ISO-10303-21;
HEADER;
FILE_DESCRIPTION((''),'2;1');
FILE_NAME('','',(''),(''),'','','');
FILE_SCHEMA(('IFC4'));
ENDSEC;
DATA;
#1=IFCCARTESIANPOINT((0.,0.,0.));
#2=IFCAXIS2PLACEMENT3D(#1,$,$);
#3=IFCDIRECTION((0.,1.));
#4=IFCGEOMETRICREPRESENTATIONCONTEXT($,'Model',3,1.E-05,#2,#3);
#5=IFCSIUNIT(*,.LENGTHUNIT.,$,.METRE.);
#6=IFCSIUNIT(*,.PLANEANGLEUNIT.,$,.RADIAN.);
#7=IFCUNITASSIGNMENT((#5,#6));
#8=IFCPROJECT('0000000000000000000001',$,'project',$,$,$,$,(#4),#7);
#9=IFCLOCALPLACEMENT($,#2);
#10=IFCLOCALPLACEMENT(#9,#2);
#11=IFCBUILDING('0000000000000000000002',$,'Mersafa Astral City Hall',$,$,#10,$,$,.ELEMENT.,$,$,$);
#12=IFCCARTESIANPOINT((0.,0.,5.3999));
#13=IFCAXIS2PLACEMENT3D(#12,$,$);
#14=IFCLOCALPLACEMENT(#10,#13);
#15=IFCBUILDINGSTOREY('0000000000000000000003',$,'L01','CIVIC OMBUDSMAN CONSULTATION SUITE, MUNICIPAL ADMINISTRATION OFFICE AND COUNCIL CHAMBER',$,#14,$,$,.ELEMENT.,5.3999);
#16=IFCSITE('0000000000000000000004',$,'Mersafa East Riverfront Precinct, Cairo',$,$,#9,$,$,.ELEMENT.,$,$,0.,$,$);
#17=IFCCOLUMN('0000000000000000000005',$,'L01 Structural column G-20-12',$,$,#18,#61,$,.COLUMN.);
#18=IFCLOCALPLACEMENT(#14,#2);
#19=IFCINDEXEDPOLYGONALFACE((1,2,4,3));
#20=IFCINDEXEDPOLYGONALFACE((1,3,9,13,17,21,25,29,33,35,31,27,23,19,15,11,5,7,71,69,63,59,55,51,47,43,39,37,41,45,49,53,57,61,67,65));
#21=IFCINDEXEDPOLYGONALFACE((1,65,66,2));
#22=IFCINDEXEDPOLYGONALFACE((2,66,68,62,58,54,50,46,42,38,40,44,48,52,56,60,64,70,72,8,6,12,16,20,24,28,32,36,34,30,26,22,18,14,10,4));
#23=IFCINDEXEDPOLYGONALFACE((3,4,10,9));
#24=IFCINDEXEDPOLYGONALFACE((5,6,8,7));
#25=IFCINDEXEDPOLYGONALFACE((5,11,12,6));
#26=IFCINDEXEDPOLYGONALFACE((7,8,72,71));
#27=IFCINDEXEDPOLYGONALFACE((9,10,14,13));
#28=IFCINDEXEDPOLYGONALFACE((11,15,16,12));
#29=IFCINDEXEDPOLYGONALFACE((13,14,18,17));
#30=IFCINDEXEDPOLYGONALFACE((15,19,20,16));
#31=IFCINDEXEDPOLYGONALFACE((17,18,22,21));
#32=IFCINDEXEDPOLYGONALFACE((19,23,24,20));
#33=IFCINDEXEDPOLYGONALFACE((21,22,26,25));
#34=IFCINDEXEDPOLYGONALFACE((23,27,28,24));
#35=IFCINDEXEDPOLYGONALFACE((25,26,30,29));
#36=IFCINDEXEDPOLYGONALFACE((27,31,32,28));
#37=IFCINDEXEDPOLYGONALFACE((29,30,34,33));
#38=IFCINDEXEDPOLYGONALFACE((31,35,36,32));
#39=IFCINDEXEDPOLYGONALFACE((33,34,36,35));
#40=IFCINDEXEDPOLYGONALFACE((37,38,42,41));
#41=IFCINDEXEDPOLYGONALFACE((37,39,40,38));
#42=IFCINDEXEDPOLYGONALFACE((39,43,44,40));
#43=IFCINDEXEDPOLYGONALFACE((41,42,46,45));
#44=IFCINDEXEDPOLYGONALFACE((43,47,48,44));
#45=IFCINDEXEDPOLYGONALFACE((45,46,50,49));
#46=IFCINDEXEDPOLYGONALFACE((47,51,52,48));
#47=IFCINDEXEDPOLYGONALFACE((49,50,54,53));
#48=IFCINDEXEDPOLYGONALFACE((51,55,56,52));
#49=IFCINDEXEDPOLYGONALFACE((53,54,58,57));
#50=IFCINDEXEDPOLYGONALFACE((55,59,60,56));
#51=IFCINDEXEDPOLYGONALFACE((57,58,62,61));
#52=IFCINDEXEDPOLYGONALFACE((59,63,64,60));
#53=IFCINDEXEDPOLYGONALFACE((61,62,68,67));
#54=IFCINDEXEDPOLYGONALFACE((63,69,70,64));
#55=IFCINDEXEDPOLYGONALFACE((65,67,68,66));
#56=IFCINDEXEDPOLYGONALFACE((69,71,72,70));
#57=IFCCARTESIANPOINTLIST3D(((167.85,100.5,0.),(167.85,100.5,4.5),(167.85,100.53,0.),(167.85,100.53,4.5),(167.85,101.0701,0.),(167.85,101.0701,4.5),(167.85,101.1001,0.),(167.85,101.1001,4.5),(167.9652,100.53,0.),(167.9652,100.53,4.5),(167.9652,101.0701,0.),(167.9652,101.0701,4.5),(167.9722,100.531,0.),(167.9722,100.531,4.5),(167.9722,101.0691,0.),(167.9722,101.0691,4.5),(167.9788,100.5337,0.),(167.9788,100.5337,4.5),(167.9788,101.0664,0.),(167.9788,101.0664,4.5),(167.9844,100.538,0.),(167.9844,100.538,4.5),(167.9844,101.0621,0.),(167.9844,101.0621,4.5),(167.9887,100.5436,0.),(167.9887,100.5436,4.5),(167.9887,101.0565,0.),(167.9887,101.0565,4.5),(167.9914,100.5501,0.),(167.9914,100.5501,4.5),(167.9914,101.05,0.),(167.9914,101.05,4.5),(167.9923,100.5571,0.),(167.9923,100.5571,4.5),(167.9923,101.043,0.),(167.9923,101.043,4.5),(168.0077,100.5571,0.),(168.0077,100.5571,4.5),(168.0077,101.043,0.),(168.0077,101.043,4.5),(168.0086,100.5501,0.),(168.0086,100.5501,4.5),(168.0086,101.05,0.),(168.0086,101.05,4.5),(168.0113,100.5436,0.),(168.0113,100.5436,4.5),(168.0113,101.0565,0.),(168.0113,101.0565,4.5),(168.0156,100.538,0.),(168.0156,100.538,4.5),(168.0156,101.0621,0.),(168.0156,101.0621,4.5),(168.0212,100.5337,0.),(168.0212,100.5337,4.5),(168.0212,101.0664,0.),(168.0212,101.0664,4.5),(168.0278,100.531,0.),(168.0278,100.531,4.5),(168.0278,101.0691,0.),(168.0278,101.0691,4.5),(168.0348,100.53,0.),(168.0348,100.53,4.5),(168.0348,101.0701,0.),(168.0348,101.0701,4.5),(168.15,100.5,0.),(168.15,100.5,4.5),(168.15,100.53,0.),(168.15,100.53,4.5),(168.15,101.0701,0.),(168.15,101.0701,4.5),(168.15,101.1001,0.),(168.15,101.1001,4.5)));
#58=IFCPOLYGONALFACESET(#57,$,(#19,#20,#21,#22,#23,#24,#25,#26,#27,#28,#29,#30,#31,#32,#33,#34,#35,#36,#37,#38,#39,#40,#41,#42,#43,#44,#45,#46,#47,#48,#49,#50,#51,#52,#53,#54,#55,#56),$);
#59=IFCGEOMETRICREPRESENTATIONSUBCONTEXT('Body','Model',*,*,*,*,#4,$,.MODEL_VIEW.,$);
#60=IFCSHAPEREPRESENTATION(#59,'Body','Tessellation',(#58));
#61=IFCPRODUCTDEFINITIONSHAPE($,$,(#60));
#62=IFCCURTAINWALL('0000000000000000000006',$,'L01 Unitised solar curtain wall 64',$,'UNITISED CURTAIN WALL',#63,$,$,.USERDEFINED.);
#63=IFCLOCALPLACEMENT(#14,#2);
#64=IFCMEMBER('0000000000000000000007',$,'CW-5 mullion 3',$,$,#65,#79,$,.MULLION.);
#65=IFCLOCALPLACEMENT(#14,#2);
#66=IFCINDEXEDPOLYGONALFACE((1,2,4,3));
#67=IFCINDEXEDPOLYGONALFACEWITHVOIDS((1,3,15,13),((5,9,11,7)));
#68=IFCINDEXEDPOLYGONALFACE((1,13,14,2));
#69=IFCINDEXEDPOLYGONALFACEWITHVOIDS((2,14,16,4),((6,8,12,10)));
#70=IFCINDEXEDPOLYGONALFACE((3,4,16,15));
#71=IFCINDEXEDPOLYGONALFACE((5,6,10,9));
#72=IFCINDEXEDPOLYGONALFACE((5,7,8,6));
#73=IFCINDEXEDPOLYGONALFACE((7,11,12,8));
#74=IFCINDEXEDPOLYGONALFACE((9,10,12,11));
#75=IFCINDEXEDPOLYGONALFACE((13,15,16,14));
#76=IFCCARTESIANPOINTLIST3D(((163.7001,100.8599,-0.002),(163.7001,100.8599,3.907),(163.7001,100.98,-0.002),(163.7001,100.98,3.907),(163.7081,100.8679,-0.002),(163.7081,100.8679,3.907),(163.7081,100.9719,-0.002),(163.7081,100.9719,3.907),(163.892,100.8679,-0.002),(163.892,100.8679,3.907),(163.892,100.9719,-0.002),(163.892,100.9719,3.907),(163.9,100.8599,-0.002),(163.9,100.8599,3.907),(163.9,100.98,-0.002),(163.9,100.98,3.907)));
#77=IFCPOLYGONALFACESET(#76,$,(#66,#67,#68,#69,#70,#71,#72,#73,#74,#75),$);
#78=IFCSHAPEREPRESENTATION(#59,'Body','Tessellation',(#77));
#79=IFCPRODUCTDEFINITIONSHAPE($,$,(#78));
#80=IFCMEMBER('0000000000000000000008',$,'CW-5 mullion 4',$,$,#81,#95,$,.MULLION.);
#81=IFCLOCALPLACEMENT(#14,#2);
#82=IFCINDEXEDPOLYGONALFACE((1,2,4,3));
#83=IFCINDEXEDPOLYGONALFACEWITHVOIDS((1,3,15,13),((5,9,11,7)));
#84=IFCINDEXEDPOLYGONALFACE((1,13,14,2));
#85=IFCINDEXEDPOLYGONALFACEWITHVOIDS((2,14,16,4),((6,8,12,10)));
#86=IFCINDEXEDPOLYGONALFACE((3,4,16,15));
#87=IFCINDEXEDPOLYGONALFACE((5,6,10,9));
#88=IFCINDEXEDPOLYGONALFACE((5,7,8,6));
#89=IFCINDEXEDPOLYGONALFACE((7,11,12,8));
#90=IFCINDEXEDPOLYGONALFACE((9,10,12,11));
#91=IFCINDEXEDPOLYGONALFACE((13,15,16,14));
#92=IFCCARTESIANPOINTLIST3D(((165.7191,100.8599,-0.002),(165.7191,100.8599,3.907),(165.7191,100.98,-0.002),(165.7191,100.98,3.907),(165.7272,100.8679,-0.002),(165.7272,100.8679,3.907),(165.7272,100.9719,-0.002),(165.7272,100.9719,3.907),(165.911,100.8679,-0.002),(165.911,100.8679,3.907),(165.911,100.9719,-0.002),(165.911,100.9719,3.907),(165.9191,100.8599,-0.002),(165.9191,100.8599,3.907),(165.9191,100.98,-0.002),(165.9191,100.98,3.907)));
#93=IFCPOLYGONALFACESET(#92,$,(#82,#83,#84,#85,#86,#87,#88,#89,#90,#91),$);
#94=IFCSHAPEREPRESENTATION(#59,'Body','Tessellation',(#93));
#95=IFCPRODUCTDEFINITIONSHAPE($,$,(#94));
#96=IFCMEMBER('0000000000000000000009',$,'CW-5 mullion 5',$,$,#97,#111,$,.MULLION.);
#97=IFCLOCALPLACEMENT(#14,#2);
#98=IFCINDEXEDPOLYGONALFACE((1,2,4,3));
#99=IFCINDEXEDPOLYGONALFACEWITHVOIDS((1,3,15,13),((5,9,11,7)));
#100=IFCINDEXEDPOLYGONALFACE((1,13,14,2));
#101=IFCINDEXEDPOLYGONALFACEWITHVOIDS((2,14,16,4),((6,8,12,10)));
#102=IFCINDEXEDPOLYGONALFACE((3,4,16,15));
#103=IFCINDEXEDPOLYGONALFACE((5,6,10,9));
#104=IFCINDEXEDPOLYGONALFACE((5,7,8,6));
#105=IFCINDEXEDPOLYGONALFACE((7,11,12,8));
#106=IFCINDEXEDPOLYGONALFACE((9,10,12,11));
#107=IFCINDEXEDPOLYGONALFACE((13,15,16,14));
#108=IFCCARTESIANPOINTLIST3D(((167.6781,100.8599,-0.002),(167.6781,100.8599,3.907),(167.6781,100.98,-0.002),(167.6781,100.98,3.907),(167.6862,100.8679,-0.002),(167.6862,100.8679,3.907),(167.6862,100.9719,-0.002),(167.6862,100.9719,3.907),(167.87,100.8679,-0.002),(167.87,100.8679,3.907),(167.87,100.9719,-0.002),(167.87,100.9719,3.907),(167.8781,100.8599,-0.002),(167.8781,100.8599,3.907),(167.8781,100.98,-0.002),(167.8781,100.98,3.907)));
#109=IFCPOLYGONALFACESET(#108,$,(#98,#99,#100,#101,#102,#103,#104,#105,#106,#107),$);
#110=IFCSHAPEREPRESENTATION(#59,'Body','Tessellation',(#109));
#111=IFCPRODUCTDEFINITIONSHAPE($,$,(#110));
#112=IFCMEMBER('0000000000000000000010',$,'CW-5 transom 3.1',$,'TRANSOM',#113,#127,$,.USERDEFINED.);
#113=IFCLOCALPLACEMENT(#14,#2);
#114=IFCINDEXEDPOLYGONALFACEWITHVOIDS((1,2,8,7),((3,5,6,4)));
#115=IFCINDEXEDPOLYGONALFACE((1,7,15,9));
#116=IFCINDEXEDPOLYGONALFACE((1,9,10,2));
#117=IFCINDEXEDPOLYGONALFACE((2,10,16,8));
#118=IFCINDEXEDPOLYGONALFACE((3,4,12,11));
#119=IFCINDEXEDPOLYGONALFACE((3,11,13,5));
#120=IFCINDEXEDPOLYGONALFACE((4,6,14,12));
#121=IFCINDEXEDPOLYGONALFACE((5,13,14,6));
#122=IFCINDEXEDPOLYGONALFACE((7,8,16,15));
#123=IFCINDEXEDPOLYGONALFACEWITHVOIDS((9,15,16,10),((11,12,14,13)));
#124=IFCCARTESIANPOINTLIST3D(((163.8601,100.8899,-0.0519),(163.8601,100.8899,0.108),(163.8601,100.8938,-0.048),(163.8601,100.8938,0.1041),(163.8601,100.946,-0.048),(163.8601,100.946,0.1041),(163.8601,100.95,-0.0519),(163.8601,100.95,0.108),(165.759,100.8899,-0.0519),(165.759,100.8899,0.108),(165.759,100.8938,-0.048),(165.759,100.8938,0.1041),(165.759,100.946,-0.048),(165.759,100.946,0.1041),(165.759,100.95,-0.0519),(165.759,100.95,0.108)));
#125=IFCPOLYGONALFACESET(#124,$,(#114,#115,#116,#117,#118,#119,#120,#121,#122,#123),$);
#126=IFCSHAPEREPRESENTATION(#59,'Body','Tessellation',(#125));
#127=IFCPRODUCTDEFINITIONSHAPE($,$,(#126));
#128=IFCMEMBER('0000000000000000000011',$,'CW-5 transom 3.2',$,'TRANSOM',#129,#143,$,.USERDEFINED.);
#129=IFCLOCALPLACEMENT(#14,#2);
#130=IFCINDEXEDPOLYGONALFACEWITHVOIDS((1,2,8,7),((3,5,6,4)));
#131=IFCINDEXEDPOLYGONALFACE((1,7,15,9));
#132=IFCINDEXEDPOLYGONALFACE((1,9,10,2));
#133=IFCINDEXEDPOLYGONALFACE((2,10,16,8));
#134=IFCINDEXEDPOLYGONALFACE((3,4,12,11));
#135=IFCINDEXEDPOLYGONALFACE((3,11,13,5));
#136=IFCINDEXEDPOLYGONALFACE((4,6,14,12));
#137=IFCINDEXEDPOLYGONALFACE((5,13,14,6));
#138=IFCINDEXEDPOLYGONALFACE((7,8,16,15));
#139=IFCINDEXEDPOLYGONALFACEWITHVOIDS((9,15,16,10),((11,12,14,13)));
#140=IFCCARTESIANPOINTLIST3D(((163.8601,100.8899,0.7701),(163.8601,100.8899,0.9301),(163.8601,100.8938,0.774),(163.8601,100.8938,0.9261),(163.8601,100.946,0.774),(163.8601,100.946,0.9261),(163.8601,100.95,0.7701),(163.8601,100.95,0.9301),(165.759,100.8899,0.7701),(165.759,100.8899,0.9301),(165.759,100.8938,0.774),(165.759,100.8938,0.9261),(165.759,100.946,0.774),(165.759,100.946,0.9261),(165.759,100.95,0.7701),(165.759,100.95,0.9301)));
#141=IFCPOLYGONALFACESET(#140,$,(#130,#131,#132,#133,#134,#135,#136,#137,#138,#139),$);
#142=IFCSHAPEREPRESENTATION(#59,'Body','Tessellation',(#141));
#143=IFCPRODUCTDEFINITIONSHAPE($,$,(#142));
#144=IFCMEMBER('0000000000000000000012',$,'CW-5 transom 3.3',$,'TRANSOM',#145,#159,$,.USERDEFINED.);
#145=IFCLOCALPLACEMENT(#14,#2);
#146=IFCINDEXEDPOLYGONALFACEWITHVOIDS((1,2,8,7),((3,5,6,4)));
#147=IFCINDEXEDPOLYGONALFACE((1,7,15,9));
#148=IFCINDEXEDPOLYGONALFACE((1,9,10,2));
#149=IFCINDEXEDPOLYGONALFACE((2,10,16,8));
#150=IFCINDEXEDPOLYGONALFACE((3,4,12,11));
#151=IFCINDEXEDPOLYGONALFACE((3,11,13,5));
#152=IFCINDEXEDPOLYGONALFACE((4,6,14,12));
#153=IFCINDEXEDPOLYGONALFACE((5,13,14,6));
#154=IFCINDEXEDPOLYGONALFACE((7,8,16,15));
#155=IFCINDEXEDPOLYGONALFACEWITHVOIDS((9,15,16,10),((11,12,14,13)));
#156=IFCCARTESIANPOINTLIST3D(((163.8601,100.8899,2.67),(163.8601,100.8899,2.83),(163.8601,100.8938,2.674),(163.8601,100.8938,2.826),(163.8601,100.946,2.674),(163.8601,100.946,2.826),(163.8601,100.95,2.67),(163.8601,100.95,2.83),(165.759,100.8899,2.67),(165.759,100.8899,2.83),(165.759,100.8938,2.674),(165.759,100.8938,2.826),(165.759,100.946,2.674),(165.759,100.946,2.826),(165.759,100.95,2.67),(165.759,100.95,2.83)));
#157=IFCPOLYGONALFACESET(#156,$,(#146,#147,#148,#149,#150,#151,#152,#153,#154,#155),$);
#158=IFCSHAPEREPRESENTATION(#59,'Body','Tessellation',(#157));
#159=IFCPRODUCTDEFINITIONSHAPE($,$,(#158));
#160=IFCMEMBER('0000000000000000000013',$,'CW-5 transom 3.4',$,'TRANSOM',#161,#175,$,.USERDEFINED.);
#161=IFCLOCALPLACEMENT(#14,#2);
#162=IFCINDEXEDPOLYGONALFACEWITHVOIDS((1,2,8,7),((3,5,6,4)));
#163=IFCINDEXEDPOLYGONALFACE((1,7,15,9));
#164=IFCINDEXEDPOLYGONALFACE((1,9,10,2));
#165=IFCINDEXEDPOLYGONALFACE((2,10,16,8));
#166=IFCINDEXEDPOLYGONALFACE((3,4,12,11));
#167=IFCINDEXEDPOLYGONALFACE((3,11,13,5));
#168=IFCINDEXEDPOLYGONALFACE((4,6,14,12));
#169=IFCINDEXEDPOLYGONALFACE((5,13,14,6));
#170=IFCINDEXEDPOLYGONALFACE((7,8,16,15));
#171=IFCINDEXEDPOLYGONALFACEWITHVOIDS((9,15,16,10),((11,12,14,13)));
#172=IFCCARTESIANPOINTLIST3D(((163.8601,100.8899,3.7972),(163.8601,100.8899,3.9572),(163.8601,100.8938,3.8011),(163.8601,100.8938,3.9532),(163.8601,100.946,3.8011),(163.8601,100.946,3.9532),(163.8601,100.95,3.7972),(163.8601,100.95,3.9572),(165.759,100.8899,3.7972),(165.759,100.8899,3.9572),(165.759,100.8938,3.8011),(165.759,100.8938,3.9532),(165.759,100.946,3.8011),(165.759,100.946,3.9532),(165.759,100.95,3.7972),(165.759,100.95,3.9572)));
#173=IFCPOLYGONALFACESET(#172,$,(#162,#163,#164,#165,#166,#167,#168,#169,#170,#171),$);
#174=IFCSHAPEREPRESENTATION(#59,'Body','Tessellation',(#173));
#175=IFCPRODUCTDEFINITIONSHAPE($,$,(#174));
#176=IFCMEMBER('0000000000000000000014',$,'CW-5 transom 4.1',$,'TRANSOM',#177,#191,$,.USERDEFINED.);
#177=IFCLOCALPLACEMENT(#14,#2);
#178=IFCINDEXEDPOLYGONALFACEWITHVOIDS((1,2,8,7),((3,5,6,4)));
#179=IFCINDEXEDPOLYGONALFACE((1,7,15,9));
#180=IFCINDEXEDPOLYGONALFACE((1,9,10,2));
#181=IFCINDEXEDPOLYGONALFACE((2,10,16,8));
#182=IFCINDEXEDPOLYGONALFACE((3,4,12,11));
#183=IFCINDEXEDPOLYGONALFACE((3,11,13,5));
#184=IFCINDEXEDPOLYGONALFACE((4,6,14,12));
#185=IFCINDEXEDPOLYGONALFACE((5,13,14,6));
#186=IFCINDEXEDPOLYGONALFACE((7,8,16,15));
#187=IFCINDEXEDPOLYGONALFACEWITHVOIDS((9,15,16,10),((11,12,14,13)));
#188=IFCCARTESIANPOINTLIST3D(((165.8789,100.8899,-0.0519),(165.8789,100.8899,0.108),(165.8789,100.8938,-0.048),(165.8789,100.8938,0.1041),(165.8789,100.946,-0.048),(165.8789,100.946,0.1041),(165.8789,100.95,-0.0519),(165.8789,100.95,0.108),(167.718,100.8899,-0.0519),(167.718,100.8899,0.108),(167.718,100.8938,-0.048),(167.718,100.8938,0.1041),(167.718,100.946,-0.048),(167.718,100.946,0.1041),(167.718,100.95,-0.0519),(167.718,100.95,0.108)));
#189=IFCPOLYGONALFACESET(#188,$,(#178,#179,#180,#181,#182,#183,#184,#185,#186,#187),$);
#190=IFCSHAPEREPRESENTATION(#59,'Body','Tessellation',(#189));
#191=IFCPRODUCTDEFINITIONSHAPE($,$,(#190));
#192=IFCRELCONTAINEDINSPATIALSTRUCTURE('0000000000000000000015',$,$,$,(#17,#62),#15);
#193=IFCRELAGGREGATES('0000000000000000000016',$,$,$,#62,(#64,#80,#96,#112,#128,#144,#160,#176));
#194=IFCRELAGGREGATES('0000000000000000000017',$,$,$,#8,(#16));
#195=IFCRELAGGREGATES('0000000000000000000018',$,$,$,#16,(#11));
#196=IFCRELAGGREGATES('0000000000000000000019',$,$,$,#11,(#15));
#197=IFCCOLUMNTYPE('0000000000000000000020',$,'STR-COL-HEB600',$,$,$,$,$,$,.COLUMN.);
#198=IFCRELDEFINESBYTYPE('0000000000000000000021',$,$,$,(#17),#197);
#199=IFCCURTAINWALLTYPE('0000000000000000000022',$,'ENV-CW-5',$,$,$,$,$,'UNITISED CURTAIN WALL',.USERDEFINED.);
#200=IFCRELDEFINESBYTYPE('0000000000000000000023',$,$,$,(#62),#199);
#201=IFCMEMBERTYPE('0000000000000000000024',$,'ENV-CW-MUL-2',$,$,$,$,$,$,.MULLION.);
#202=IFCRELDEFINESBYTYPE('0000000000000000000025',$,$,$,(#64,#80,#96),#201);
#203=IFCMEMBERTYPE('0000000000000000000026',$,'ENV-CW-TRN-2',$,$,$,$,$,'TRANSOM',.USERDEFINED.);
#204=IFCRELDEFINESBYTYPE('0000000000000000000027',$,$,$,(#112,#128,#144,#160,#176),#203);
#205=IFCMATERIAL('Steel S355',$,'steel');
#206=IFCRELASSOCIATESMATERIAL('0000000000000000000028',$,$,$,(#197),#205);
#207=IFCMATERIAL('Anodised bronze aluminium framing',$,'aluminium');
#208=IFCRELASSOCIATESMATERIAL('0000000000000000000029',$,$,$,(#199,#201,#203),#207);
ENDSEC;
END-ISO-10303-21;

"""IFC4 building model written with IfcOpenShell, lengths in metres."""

from ifc_helpers import new_model, si_unit, direction, frame, origin, origin_2d, place, context, subcontext, project, spatial, hollow_rectangle, i_section, extrude, material, material_profile, profile_set, type_object, element, aggregate, save


model = new_model("IFC4")

# Units and contexts
model_context = context("Model", 3, precision=1e-05, world=origin(), true_north=direction((0.0, 1.0)))
body_context = subcontext(model_context, "Body", "Model", "MODEL_VIEW")
ifc_project = project(units=[si_unit("LENGTHUNIT", "METRE"), si_unit("PLANEANGLEUNIT", "RADIAN")], contexts=[model_context])

# Site, building, storey
site_placement = place(None, origin())
site = spatial("IfcSite", under=ifc_project, at=site_placement, Name="Mersafa East Riverfront Precinct, Cairo", CompositionType="ELEMENT", RefElevation=0.0)
building_placement = place(site_placement, origin())
building = spatial("IfcBuilding", under=site, at=building_placement, Name="Mersafa Astral City Hall", CompositionType="ELEMENT")
storey_placement = place(building_placement, frame((0.0, 0.0, 5.3999)))
storey = spatial("IfcBuildingStorey", under=building, at=storey_placement, Name="L01", Description="CIVIC OMBUDSMAN CONSULTATION SUITE, MUNICIPAL ADMINISTRATION OFFICE AND COUNCIL CHAMBER", CompositionType="ELEMENT", Elevation=5.3999)

# Column
ifc_material_1 = material(Name="Steel S355", Category="steel")
ifc_material_profile_1 = material_profile(ifc_material_1, i_section(OverallWidth=0.3, OverallDepth=0.6001, WebThickness=0.0154, FlangeThickness=0.03, FilletRadius=0.0271, at=origin_2d()), Name="HEB 600")
ifc_profile_set_1 = profile_set([ifc_material_profile_1], Name="Steel S355")
column_type = type_object("IfcColumnType", Name="STR-COL-HEB600", PredefinedType="COLUMN", material=ifc_profile_set_1)
column_placement = place(storey_placement, frame((168.0, 100.8, 0.0), z_axis=(0.0, 0.0, 1.0), x_axis=(1.0, 0.0, 0.0)))
element("IfcColumn", 1, at=column_placement, inside=storey, type_object=column_type, Name="L01 Structural column G-20-12", PredefinedType="COLUMN", context=body_context, shape_type="SweptSolid", body=[
    extrude(i_section(OverallWidth=0.3, OverallDepth=0.6001, WebThickness=0.0154, FlangeThickness=0.03, FilletRadius=0.0271, at=origin_2d()), origin(), (0.0, 0.0, 1.0), 4.5),
])

# Curtain wall, members
ifc_material_2 = material(Name="Anodised bronze aluminium framing", Category="aluminium")
curtain_wall_type = type_object("IfcCurtainWallType", Name="ENV-CW-5", ElementType="UNITISED CURTAIN WALL", PredefinedType="USERDEFINED", material=ifc_material_2)
curtain_wall_placement = place(storey_placement, origin())
curtain_wall = element("IfcCurtainWall", 2, at=curtain_wall_placement, inside=storey, type_object=curtain_wall_type, Name="L01 Unitised solar curtain wall 64", ObjectType="UNITISED CURTAIN WALL", PredefinedType="USERDEFINED")
ifc_material_profile_2 = material_profile(ifc_material_2, hollow_rectangle(XDim=0.1201, YDim=0.2, WallThickness=0.0081, at=origin_2d()), Name="RHS 120x200x8")
ifc_profile_set_2 = profile_set([ifc_material_profile_2], Name="Anodised bronze aluminium framing")
member_type_1 = type_object("IfcMemberType", Name="ENV-CW-MUL-2", PredefinedType="MULLION", material=ifc_profile_set_2)
member_1_placement = place(storey_placement, frame((163.8, 100.9199, -0.002), z_axis=(0.0, 0.0, 1.0), x_axis=(0.0, 1.0, 0.0)))
member_1 = element("IfcMember", 3, at=member_1_placement, type_object=member_type_1, Name="CW-5 mullion 3", PredefinedType="MULLION", context=body_context, shape_type="SweptSolid", body=[
    extrude(hollow_rectangle(XDim=0.1201, YDim=0.2, WallThickness=0.0081, at=origin_2d()), origin(), (0.0, 0.0, 1.0), 3.9089),
])
member_2_placement = place(storey_placement, frame((165.8191, 100.9199, -0.002), z_axis=(0.0, 0.0, 1.0), x_axis=(0.0, 1.0, 0.0)))
member_2 = element("IfcMember", 4, at=member_2_placement, type_object=member_type_1, Name="CW-5 mullion 4", PredefinedType="MULLION", context=body_context, shape_type="SweptSolid", body=[
    extrude(hollow_rectangle(XDim=0.1201, YDim=0.2, WallThickness=0.0081, at=origin_2d()), origin(), (0.0, 0.0, 1.0), 3.9089),
])
member_3_placement = place(storey_placement, frame((167.7781, 100.9199, -0.002), z_axis=(0.0, 0.0, 1.0), x_axis=(0.0, 1.0, 0.0)))
member_3 = element("IfcMember", 5, at=member_3_placement, type_object=member_type_1, Name="CW-5 mullion 5", PredefinedType="MULLION", context=body_context, shape_type="SweptSolid", body=[
    extrude(hollow_rectangle(XDim=0.1201, YDim=0.2, WallThickness=0.0081, at=origin_2d()), origin(), (0.0, 0.0, 1.0), 3.9089),
])
ifc_material_profile_3 = material_profile(ifc_material_2, hollow_rectangle(XDim=0.0601, YDim=0.1599, WallThickness=0.0039, at=origin_2d()), Name="RHS 60x160x4")
ifc_profile_set_3 = profile_set([ifc_material_profile_3], Name="Anodised bronze aluminium framing")
member_type_2 = type_object("IfcMemberType", Name="ENV-CW-TRN-2", ElementType="TRANSOM", PredefinedType="USERDEFINED", material=ifc_profile_set_3)
member_4_placement = place(storey_placement, frame((163.8601, 100.9199, 0.0281), z_axis=(1.0, 0.0, 0.0), x_axis=(0.0, 1.0, 0.0)))
member_4 = element("IfcMember", 6, at=member_4_placement, type_object=member_type_2, Name="CW-5 transom 3.1", ObjectType="TRANSOM", PredefinedType="USERDEFINED", context=body_context, shape_type="SweptSolid", body=[
    extrude(hollow_rectangle(XDim=0.0601, YDim=0.1599, WallThickness=0.0039, at=origin_2d()), origin(), (0.0, 0.0, 1.0), 1.8989),
])
member_5_placement = place(storey_placement, frame((163.8601, 100.9199, 0.8501), z_axis=(1.0, 0.0, 0.0), x_axis=(0.0, 1.0, 0.0)))
member_5 = element("IfcMember", 7, at=member_5_placement, type_object=member_type_2, Name="CW-5 transom 3.2", ObjectType="TRANSOM", PredefinedType="USERDEFINED", context=body_context, shape_type="SweptSolid", body=[
    extrude(hollow_rectangle(XDim=0.0601, YDim=0.1599, WallThickness=0.0039, at=origin_2d()), origin(), (0.0, 0.0, 1.0), 1.8989),
])
member_6_placement = place(storey_placement, frame((163.8601, 100.9199, 2.75), z_axis=(1.0, 0.0, 0.0), x_axis=(0.0, 1.0, 0.0)))
member_6 = element("IfcMember", 8, at=member_6_placement, type_object=member_type_2, Name="CW-5 transom 3.3", ObjectType="TRANSOM", PredefinedType="USERDEFINED", context=body_context, shape_type="SweptSolid", body=[
    extrude(hollow_rectangle(XDim=0.0601, YDim=0.1599, WallThickness=0.0039, at=origin_2d()), origin(), (0.0, 0.0, 1.0), 1.8989),
])
member_7_placement = place(storey_placement, frame((163.8601, 100.9199, 3.8772), z_axis=(1.0, 0.0, 0.0), x_axis=(0.0, 1.0, 0.0)))
member_7 = element("IfcMember", 9, at=member_7_placement, type_object=member_type_2, Name="CW-5 transom 3.4", ObjectType="TRANSOM", PredefinedType="USERDEFINED", context=body_context, shape_type="SweptSolid", body=[
    extrude(hollow_rectangle(XDim=0.0601, YDim=0.1599, WallThickness=0.0039, at=origin_2d()), origin(), (0.0, 0.0, 1.0), 1.8989),
])
member_8_placement = place(storey_placement, frame((165.8789, 100.9199, 0.0281), z_axis=(1.0, 0.0, 0.0), x_axis=(0.0, 1.0, 0.0)))
member_8 = element("IfcMember", 10, at=member_8_placement, type_object=member_type_2, Name="CW-5 transom 4.1", ObjectType="TRANSOM", PredefinedType="USERDEFINED", context=body_context, shape_type="SweptSolid", body=[
    extrude(hollow_rectangle(XDim=0.0601, YDim=0.1599, WallThickness=0.0039, at=origin_2d()), origin(), (0.0, 0.0, 1.0), 1.8391),
])

aggregate(curtain_wall, [member_1, member_2, member_3, member_4, member_5, member_6, member_7, member_8])

save(model, "model.ifc")
